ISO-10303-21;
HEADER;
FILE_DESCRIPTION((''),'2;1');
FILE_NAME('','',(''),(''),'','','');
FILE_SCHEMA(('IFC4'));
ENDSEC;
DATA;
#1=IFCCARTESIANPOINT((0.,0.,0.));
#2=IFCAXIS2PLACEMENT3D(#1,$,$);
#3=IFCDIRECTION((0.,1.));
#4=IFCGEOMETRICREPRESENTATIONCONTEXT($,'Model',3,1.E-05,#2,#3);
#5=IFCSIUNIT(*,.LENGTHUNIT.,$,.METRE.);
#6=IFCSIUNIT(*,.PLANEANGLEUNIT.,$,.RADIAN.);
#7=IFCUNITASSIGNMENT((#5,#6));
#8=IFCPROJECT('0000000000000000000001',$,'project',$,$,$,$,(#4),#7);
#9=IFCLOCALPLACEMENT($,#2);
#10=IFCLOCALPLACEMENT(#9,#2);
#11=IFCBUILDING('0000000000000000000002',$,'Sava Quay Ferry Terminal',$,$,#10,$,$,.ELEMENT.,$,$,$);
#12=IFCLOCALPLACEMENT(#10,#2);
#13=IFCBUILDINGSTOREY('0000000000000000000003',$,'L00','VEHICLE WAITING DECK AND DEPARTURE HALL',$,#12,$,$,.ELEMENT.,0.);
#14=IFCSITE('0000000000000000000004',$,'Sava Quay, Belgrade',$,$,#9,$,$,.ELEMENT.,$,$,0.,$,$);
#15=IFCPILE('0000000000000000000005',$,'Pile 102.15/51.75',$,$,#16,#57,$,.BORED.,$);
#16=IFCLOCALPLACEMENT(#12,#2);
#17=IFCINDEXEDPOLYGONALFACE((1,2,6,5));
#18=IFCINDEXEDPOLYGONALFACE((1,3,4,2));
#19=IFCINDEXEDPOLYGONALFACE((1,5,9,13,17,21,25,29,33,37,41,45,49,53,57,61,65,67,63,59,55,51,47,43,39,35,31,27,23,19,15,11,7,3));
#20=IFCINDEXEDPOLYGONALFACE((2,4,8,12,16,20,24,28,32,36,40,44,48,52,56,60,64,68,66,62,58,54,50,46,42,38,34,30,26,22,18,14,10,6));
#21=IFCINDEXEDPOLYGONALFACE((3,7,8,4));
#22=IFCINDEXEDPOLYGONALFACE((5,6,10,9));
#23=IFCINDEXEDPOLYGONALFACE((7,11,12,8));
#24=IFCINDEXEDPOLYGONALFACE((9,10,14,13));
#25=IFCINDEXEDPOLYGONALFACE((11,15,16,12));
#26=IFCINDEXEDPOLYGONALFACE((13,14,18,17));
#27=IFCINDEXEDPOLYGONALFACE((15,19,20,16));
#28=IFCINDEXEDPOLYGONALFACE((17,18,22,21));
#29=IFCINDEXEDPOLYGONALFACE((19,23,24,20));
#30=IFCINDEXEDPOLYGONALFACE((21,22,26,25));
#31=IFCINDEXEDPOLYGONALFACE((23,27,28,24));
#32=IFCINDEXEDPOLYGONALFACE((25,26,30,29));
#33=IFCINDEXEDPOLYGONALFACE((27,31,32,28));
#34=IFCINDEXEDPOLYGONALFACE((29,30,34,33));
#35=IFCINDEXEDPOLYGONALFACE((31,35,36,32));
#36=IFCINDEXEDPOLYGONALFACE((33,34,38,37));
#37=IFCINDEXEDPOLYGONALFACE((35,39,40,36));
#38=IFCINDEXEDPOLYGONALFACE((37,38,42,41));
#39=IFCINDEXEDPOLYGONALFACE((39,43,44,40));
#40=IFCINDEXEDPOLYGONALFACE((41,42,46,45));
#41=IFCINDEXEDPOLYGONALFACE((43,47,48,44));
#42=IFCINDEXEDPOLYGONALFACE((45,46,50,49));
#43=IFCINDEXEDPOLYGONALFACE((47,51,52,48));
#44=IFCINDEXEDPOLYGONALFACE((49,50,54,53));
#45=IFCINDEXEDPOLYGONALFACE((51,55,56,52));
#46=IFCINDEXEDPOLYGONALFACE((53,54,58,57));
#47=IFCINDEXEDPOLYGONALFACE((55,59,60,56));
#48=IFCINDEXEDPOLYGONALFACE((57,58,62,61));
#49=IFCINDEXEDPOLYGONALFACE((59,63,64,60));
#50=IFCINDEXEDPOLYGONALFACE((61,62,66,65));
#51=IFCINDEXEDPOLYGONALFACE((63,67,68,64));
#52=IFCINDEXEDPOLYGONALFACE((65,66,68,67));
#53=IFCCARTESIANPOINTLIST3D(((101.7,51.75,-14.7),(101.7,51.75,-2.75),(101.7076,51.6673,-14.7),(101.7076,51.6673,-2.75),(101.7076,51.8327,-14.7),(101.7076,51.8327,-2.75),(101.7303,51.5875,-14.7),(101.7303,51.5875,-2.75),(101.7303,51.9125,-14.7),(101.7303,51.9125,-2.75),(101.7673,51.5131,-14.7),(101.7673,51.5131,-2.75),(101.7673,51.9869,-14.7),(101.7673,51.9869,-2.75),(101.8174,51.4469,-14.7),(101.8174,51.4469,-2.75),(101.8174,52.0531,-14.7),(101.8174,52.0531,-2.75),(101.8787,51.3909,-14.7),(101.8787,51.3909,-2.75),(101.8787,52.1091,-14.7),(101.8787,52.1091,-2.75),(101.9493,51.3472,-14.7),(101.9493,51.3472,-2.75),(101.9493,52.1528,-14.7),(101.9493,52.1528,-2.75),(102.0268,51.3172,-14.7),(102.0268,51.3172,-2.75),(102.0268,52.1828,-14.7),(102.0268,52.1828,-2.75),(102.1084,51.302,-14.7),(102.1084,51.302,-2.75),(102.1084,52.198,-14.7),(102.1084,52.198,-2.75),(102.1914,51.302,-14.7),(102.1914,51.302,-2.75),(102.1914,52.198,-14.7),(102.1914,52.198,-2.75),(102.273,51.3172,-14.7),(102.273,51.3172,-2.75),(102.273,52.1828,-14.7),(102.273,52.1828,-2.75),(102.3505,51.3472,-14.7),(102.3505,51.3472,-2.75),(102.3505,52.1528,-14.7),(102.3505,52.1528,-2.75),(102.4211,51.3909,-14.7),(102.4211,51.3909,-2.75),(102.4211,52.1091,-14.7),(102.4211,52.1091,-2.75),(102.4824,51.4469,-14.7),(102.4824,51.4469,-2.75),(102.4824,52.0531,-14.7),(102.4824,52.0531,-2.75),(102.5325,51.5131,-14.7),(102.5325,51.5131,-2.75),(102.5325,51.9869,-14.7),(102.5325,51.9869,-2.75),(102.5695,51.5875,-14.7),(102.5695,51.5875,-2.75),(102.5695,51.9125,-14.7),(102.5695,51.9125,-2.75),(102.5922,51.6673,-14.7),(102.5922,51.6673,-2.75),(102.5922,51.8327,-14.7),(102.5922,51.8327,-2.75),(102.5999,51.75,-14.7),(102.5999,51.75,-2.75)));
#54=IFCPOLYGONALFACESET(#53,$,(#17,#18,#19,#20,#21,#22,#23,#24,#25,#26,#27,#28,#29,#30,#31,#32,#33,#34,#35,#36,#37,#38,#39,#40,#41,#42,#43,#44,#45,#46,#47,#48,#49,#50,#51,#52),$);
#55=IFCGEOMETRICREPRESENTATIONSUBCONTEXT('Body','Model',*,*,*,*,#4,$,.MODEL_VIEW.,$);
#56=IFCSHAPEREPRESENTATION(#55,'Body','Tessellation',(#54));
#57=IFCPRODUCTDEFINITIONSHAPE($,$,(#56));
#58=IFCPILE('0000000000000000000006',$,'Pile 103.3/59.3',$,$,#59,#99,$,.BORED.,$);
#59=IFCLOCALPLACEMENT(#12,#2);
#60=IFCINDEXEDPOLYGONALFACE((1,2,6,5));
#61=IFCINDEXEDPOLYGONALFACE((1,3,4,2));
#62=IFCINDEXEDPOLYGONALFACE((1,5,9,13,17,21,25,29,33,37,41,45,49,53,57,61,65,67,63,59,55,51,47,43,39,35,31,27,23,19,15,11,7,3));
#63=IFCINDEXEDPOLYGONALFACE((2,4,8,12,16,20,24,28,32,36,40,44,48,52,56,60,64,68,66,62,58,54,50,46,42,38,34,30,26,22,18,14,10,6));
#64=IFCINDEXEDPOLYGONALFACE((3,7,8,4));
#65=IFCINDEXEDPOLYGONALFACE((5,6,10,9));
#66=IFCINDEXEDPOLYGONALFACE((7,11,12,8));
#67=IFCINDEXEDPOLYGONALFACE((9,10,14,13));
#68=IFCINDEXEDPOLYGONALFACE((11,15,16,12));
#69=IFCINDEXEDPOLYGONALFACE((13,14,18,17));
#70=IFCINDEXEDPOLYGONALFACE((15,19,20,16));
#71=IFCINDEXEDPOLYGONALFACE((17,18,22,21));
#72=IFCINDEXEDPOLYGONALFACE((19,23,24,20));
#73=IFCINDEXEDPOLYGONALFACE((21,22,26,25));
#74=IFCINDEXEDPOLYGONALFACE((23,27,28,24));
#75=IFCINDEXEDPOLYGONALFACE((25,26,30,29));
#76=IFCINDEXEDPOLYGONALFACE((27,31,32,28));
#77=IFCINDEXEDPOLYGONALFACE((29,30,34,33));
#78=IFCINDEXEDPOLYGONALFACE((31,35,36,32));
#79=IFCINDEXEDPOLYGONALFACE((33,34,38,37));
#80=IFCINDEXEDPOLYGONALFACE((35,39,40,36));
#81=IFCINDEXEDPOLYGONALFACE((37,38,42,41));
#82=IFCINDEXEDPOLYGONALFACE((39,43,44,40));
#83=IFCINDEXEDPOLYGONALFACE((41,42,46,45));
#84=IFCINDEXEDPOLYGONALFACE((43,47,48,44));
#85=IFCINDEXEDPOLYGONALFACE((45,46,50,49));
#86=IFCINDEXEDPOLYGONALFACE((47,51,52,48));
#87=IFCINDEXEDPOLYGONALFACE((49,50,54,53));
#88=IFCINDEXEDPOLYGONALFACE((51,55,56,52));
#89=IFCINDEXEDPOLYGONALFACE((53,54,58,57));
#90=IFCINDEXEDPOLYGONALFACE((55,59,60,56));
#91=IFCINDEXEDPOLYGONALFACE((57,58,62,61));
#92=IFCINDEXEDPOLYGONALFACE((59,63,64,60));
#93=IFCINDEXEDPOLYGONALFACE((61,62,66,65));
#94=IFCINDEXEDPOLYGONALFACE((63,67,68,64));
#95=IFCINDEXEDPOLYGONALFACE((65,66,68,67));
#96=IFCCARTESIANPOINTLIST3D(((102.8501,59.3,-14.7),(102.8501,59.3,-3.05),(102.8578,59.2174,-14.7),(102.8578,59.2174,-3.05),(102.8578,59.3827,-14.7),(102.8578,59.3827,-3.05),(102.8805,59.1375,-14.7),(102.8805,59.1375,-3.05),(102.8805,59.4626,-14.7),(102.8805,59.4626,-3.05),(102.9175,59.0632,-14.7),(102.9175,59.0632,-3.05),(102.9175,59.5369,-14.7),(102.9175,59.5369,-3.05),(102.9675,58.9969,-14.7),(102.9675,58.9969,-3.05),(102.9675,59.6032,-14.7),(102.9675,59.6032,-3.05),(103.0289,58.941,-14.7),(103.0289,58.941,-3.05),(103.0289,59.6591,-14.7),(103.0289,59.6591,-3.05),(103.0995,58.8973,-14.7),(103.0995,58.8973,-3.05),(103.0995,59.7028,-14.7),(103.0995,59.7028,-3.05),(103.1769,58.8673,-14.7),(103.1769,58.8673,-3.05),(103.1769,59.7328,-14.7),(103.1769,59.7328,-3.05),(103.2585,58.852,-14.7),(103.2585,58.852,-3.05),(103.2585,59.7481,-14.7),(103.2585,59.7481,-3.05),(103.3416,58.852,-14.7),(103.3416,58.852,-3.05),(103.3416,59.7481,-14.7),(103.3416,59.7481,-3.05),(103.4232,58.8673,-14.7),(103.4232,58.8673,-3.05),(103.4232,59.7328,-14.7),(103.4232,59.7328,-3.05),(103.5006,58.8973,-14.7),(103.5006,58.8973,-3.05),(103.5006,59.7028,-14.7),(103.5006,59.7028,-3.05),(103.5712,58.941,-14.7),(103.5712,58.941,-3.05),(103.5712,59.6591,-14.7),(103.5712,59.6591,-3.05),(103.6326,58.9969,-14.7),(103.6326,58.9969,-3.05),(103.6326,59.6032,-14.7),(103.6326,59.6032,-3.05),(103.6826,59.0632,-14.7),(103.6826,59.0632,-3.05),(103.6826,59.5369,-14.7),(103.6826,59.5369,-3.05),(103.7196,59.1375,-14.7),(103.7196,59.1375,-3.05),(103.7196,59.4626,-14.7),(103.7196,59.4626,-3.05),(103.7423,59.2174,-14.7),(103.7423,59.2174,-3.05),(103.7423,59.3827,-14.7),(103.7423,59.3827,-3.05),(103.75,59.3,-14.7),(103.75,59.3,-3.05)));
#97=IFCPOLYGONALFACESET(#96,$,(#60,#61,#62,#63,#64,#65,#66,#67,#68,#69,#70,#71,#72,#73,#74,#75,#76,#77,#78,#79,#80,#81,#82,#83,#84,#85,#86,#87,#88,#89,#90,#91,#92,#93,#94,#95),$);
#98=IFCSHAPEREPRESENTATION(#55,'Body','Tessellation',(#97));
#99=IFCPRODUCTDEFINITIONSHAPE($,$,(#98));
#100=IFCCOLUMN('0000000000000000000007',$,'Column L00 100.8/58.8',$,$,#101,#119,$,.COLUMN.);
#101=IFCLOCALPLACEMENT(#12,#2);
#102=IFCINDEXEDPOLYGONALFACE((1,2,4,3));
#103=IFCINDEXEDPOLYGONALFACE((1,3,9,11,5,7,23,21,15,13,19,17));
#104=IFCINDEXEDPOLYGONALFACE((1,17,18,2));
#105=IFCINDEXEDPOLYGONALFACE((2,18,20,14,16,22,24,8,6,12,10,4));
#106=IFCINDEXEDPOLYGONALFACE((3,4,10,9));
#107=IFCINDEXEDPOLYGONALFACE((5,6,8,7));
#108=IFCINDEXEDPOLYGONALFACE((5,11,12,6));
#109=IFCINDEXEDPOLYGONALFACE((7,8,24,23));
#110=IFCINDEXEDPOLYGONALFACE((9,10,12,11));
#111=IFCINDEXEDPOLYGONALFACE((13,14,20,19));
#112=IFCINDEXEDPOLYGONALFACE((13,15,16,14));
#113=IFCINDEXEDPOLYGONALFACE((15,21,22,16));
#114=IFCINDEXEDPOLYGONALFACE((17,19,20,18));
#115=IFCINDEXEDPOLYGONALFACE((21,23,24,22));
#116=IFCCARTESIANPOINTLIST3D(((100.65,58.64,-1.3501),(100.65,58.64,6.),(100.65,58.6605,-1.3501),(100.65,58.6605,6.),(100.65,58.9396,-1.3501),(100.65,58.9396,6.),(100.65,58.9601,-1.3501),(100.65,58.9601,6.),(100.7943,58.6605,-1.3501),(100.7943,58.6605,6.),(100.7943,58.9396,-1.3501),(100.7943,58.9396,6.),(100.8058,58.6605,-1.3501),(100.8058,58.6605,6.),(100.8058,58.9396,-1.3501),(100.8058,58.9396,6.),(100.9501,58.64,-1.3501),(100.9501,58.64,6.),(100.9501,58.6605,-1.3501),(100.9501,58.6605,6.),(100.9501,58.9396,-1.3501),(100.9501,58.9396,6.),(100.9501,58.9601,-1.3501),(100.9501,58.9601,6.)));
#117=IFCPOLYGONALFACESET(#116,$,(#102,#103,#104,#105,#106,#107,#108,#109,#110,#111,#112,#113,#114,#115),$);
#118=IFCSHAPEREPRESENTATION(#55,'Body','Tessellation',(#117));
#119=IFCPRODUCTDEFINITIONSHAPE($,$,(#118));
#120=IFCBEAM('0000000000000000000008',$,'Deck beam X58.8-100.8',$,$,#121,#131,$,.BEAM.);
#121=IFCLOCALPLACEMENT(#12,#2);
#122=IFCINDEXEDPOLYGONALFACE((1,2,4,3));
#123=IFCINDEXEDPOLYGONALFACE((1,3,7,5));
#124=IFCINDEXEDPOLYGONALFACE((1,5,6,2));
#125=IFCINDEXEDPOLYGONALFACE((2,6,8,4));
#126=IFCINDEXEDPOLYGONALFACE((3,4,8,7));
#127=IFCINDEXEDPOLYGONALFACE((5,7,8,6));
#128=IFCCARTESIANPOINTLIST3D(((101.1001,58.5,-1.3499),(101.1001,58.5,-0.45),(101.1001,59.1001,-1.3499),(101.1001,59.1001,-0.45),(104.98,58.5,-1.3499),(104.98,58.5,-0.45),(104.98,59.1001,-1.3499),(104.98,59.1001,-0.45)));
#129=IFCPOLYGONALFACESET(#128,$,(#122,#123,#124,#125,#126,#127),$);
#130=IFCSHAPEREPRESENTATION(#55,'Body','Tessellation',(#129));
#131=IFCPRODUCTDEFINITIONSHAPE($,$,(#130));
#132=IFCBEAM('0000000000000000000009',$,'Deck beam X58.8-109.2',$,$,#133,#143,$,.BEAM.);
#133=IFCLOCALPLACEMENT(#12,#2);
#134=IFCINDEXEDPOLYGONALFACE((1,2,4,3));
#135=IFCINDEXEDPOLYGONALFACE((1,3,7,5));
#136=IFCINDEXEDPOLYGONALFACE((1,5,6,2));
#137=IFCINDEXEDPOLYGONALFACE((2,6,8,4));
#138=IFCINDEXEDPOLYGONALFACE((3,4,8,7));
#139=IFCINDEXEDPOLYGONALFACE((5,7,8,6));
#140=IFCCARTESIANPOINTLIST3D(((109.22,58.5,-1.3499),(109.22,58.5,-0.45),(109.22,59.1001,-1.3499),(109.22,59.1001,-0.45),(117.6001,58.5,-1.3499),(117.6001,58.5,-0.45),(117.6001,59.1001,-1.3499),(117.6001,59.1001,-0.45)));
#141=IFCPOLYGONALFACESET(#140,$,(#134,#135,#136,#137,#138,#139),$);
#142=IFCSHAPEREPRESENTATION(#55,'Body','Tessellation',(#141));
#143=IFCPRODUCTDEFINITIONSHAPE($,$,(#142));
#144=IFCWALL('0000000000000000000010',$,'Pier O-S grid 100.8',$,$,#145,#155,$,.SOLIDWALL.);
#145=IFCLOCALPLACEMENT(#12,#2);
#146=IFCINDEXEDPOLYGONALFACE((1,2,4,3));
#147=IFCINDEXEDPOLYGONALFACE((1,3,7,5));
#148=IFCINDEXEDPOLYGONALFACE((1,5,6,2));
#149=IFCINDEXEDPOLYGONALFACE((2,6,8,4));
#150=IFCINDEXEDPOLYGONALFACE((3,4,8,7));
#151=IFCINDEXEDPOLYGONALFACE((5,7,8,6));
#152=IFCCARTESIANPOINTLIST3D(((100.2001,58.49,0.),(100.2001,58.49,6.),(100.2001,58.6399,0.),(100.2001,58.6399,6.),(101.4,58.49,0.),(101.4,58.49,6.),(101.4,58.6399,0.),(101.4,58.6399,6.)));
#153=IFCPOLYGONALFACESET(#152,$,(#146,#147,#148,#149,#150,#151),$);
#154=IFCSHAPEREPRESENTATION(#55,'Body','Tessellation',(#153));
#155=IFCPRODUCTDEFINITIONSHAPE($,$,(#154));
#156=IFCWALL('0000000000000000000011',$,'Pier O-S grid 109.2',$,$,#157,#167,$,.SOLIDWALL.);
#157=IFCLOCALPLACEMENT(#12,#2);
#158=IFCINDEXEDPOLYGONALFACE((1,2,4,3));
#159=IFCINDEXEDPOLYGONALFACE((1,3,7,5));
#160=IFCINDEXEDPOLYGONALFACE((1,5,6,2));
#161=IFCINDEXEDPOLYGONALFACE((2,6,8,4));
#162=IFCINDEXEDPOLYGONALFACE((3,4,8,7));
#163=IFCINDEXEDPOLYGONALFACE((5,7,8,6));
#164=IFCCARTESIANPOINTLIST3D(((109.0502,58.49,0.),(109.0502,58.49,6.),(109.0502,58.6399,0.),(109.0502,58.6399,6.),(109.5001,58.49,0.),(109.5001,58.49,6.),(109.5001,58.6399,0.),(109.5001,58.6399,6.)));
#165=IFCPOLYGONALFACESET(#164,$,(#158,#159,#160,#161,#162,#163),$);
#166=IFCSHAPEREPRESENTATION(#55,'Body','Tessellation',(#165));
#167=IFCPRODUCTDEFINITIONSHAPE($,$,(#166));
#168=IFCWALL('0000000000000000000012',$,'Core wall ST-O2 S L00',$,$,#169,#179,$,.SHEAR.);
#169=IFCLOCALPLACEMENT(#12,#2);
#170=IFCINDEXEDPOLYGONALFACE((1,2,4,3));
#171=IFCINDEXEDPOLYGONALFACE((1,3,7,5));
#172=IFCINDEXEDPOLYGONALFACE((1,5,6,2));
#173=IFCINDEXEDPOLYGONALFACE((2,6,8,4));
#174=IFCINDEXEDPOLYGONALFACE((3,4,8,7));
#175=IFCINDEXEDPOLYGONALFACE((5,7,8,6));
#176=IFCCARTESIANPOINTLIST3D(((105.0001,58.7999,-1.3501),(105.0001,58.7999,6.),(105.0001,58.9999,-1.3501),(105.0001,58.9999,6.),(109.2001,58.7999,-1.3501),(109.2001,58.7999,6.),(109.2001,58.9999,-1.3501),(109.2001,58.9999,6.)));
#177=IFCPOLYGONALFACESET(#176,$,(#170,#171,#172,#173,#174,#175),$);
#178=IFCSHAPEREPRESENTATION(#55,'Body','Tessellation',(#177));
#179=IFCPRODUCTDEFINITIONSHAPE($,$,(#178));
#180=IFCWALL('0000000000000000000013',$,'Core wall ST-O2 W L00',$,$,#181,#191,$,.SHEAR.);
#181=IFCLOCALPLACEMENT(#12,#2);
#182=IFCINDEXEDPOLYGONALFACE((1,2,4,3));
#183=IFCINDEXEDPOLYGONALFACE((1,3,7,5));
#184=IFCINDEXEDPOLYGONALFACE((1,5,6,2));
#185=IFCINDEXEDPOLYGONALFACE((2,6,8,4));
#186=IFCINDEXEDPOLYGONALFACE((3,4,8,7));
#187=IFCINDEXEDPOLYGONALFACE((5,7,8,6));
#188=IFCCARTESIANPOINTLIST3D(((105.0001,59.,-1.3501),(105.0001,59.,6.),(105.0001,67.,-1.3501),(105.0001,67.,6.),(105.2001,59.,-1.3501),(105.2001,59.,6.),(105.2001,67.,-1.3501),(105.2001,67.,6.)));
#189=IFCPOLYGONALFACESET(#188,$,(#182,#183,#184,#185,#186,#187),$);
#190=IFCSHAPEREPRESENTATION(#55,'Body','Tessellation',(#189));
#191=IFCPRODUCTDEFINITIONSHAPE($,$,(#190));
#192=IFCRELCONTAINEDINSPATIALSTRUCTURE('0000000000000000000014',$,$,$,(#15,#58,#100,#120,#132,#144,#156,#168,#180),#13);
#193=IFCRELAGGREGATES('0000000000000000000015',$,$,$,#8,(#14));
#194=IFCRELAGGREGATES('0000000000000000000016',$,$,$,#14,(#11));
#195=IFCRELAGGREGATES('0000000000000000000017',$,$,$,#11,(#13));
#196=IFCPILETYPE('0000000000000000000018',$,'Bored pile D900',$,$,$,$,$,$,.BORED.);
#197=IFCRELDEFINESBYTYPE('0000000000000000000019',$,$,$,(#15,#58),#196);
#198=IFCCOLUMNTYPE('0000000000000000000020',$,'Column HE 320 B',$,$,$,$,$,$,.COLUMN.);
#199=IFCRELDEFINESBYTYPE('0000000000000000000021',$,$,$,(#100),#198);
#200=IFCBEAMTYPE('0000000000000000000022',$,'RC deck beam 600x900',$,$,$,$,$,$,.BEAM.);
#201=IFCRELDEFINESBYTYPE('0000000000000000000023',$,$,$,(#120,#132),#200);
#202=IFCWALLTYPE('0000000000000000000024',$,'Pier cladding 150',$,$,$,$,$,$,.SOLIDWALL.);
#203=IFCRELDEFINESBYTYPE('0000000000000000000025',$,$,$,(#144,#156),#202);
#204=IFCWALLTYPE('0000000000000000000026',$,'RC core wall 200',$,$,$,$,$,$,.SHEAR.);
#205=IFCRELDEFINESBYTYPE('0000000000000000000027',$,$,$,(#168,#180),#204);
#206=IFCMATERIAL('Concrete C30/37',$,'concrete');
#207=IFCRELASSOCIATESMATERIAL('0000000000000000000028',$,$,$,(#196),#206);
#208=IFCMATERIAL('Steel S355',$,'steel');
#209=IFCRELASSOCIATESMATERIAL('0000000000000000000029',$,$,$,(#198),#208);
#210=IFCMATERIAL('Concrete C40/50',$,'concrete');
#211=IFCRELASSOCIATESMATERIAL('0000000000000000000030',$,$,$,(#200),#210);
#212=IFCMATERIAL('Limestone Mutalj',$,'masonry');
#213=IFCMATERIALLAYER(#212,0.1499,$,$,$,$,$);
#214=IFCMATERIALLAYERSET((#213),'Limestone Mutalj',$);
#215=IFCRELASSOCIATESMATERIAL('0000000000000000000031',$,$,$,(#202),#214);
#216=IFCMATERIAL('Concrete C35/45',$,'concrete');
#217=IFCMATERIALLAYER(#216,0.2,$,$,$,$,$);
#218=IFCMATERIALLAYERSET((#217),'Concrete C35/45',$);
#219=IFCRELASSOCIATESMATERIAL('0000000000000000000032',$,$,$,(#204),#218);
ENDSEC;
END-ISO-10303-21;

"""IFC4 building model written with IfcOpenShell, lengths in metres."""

from ifc_helpers import new_model, si_unit, direction, frame, frame_2d, origin, origin_2d, place, context, subcontext, project, spatial, rectangle, circle, i_section, extrude, material, layer, layer_set, material_profile, profile_set, type_object, element, save


model = new_model("IFC4")

# Units and contexts
model_context = context("Model", 3, precision=1e-05, world=origin(), true_north=direction((0.0, 1.0)))
body_context = subcontext(model_context, "Body", "Model", "MODEL_VIEW")
ifc_project = project(units=[si_unit("LENGTHUNIT", "METRE"), si_unit("PLANEANGLEUNIT", "RADIAN")], contexts=[model_context])

# Site, building, storey
site_placement = place(None, origin())
site = spatial("IfcSite", under=ifc_project, at=site_placement, Name="Sava Quay, Belgrade", CompositionType="ELEMENT", RefElevation=0.0)
building_placement = place(site_placement, origin())
building = spatial("IfcBuilding", under=site, at=building_placement, Name="Sava Quay Ferry Terminal", CompositionType="ELEMENT")
storey_placement = place(building_placement, origin())
storey = spatial("IfcBuildingStorey", under=building, at=storey_placement, Name="L00", Description="VEHICLE WAITING DECK AND DEPARTURE HALL", CompositionType="ELEMENT", Elevation=0.0)

# Piles
ifc_material_1 = material(Name="Concrete C30/37", Category="concrete")
ifc_material_profile_1 = material_profile(ifc_material_1, circle(Radius=0.45, at=origin_2d()), Name="Bored pile D900")
ifc_profile_set_1 = profile_set([ifc_material_profile_1], Name="Concrete C30/37")
pile_type = type_object("IfcPileType", Name="Bored pile D900", PredefinedType="BORED", material=ifc_profile_set_1)
pile_1_placement = place(storey_placement, frame((102.1499, 51.75, -2.75), z_axis=(0.0, 0.0, -1.0), x_axis=(1.0, 0.0, 0.0)))
element("IfcPile", 1, at=pile_1_placement, inside=storey, type_object=pile_type, Name="Pile 102.15/51.75", PredefinedType="BORED", context=body_context, shape_type="SweptSolid", body=[
    extrude(circle(Radius=0.45, at=origin_2d()), origin(), (0.0, 0.0, 1.0), 11.95),
])
pile_2_placement = place(storey_placement, frame((103.3, 59.3, -3.05), z_axis=(0.0, 0.0, -1.0), x_axis=(1.0, 0.0, 0.0)))
element("IfcPile", 2, at=pile_2_placement, inside=storey, type_object=pile_type, Name="Pile 103.3/59.3", PredefinedType="BORED", context=body_context, shape_type="SweptSolid", body=[
    extrude(circle(Radius=0.45, at=origin_2d()), origin(), (0.0, 0.0, 1.0), 11.6499),
])

# Column
ifc_material_2 = material(Name="Steel S355", Category="steel")
ifc_material_profile_2 = material_profile(ifc_material_2, i_section(OverallWidth=0.3, OverallDepth=0.3201, WebThickness=0.0115, FlangeThickness=0.0205, at=origin_2d()), Name="HE 320 B")
ifc_profile_set_2 = profile_set([ifc_material_profile_2], Name="Steel S355")
column_type = type_object("IfcColumnType", Name="Column HE 320 B", PredefinedType="COLUMN", material=ifc_profile_set_2)
column_placement = place(storey_placement, frame((100.8, 58.8, -1.3501), z_axis=(0.0, 0.0, 1.0), x_axis=(1.0, 0.0, 0.0)))
element("IfcColumn", 3, at=column_placement, inside=storey, type_object=column_type, Name="Column L00 100.8/58.8", PredefinedType="COLUMN", context=body_context, shape_type="SweptSolid", body=[
    extrude(i_section(OverallWidth=0.3, OverallDepth=0.3201, WebThickness=0.0115, FlangeThickness=0.0205, at=origin_2d()), origin(), (0.0, 0.0, 1.0), 7.3501),
])

# Beams
ifc_material_3 = material(Name="Concrete C40/50", Category="concrete")
ifc_material_profile_3 = material_profile(ifc_material_3, rectangle(XDim=0.6001, YDim=0.8999, at=origin_2d()), Name="RC 600x900")
ifc_profile_set_3 = profile_set([ifc_material_profile_3], Name="Concrete C40/50")
beam_type = type_object("IfcBeamType", Name="RC deck beam 600x900", PredefinedType="BEAM", material=ifc_profile_set_3)
beam_1_placement = place(storey_placement, frame((101.1001, 58.8, -0.8999), z_axis=(1.0, 0.0, 0.0), x_axis=(0.0, 1.0, 0.0)))
element("IfcBeam", 4, at=beam_1_placement, inside=storey, type_object=beam_type, Name="Deck beam X58.8-100.8", PredefinedType="BEAM", context=body_context, shape_type="SweptSolid", body=[
    extrude(rectangle(XDim=0.6001, YDim=0.8999, at=origin_2d()), origin(), (0.0, 0.0, 1.0), 3.8799),
])
beam_2_placement = place(storey_placement, frame((109.22, 58.8, -0.8999), z_axis=(1.0, 0.0, 0.0), x_axis=(0.0, 1.0, 0.0)))
element("IfcBeam", 5, at=beam_2_placement, inside=storey, type_object=beam_type, Name="Deck beam X58.8-109.2", PredefinedType="BEAM", context=body_context, shape_type="SweptSolid", body=[
    extrude(rectangle(XDim=0.6001, YDim=0.8999, at=origin_2d()), origin(), (0.0, 0.0, 1.0), 8.3801),
])

# Walls
ifc_material_4 = material(Name="Limestone Mutalj", Category="masonry")
ifc_layer_1 = layer(ifc_material_4, 0.1499)
ifc_layer_set_1 = layer_set([ifc_layer_1], Name="Limestone Mutalj")
wall_type_1 = type_object("IfcWallType", Name="Pier cladding 150", PredefinedType="SOLIDWALL", material=ifc_layer_set_1)
wall_1_placement = place(storey_placement, frame((100.2, 58.5649, 0.0), z_axis=(0.0, 0.0, 1.0), x_axis=(1.0, 0.0, 0.0)))
element("IfcWall", 6, at=wall_1_placement, inside=storey, type_object=wall_type_1, Name="Pier O-S grid 100.8", PredefinedType="SOLIDWALL", context=body_context, shape_type="SweptSolid", body=[
    extrude(rectangle(XDim=1.2, YDim=0.1499, at=frame_2d((0.6001, 0.0))), origin(), (0.0, 0.0, 1.0), 6.0),
])
wall_2_placement = place(storey_placement, frame((109.05, 58.5649, 0.0), z_axis=(0.0, 0.0, 1.0), x_axis=(1.0, 0.0, 0.0)))
element("IfcWall", 7, at=wall_2_placement, inside=storey, type_object=wall_type_1, Name="Pier O-S grid 109.2", PredefinedType="SOLIDWALL", context=body_context, shape_type="SweptSolid", body=[
    extrude(rectangle(XDim=0.45, YDim=0.1499, at=frame_2d((0.2251, 0.0))), origin(), (0.0, 0.0, 1.0), 6.0),
])
ifc_material_5 = material(Name="Concrete C35/45", Category="concrete")
ifc_layer_2 = layer(ifc_material_5, 0.2)
ifc_layer_set_2 = layer_set([ifc_layer_2], Name="Concrete C35/45")
wall_type_2 = type_object("IfcWallType", Name="RC core wall 200", PredefinedType="SHEAR", material=ifc_layer_set_2)
wall_3_placement = place(storey_placement, frame((105.0, 58.8999, -1.3501), z_axis=(0.0, 0.0, 1.0), x_axis=(1.0, 0.0, 0.0)))
element("IfcWall", 8, at=wall_3_placement, inside=storey, type_object=wall_type_2, Name="Core wall ST-O2 S L00", PredefinedType="SHEAR", context=body_context, shape_type="SweptSolid", body=[
    extrude(rectangle(XDim=4.2, YDim=0.2, at=frame_2d((2.1001, 0.0))), origin(), (0.0, 0.0, 1.0), 7.3501),
])
wall_4_placement = place(storey_placement, frame((105.1001, 59.0, -1.3501), z_axis=(0.0, 0.0, 1.0), x_axis=(0.0, 1.0, 0.0)))
element("IfcWall", 9, at=wall_4_placement, inside=storey, type_object=wall_type_2, Name="Core wall ST-O2 W L00", PredefinedType="SHEAR", context=body_context, shape_type="SweptSolid", body=[
    extrude(rectangle(XDim=8.0, YDim=0.2, at=frame_2d((4.0, 0.0))), origin(), (0.0, 0.0, 1.0), 7.3501),
])

save(model, "model.ifc")
